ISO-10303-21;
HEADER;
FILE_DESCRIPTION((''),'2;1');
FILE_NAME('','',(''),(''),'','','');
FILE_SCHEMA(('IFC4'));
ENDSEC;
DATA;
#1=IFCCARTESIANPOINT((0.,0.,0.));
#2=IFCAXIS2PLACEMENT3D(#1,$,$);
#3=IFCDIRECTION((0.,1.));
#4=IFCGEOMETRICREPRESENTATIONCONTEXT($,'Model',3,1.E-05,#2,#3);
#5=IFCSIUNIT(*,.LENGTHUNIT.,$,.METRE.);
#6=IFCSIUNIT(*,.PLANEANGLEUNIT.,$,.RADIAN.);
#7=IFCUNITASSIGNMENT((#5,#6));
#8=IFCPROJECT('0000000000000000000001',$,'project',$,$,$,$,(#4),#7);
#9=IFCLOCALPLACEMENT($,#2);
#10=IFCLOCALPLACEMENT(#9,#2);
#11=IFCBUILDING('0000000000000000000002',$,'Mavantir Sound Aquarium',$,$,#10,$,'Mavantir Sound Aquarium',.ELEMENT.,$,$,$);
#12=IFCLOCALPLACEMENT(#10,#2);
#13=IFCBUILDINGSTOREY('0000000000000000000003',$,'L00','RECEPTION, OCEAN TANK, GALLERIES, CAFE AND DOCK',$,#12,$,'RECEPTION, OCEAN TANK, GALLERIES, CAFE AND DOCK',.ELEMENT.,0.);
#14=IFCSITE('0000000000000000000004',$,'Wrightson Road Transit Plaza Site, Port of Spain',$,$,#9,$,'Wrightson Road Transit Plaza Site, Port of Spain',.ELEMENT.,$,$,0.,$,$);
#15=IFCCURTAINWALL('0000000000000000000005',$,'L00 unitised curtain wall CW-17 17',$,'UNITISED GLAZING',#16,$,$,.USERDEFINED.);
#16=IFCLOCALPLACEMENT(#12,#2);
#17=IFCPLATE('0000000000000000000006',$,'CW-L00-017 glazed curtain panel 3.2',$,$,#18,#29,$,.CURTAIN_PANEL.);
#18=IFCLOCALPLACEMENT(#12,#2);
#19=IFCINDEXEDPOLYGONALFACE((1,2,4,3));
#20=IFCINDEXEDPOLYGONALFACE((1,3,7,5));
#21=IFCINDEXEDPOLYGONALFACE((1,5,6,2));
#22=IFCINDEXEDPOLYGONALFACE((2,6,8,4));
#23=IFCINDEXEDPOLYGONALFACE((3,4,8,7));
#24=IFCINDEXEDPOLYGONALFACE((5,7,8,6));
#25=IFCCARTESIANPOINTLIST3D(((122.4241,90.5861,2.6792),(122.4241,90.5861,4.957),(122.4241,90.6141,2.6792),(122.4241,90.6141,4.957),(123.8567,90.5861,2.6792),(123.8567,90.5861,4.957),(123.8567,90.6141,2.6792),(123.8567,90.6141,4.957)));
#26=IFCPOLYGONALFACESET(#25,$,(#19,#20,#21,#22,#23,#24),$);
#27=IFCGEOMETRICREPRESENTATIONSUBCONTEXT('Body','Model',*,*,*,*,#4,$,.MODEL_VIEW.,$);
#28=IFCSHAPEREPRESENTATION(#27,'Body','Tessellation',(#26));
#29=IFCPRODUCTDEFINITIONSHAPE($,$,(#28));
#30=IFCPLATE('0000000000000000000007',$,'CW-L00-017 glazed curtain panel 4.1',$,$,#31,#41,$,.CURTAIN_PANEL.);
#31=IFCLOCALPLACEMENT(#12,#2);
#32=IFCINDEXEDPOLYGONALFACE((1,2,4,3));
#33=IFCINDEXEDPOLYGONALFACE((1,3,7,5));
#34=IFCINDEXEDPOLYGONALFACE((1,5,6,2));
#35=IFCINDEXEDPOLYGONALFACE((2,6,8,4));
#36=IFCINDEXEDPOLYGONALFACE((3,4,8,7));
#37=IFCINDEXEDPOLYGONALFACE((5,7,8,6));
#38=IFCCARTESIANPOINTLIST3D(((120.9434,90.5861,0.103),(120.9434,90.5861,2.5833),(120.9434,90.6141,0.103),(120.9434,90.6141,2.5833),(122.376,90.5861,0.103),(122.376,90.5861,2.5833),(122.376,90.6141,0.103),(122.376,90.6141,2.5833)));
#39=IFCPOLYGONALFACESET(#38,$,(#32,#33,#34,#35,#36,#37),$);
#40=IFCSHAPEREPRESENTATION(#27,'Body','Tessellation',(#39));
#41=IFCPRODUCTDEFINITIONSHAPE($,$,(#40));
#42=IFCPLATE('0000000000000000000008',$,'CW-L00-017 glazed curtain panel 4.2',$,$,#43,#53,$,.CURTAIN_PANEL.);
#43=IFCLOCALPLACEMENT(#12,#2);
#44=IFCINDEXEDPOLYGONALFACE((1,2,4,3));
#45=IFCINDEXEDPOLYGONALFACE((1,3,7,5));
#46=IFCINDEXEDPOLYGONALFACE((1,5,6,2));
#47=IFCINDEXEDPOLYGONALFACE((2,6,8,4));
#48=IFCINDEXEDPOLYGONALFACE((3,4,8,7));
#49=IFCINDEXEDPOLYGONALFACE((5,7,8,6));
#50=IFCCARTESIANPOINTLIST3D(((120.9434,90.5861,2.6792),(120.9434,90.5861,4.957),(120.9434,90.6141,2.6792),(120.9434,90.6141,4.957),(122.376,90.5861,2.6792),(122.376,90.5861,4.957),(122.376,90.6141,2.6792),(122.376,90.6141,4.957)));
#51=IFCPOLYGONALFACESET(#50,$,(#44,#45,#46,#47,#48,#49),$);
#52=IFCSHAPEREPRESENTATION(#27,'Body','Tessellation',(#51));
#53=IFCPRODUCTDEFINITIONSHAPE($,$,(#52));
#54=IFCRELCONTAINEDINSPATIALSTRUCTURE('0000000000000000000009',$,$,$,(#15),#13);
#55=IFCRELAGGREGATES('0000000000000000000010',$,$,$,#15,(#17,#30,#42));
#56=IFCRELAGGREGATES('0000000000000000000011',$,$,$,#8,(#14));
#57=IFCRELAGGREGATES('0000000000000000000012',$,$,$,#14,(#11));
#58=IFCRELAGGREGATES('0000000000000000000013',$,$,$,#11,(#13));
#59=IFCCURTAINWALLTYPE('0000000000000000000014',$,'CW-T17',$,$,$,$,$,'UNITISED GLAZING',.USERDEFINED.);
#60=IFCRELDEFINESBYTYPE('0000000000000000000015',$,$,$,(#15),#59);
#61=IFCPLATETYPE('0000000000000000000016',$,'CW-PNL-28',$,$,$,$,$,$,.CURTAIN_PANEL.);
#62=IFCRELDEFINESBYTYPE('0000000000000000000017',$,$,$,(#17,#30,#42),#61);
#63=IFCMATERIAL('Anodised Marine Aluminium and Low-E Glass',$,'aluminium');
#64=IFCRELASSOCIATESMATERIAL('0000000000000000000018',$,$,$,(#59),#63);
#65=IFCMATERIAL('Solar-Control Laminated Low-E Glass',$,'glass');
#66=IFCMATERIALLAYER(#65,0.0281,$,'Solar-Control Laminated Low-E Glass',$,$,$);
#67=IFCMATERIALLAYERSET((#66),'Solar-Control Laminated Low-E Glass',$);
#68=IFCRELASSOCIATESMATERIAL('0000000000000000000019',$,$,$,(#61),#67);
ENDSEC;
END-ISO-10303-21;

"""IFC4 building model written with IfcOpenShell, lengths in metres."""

from ifc_helpers import new_model, si_unit, direction, frame, origin, origin_2d, place, context, subcontext, project, spatial, rectangle, extrude, material, layer, layer_set, type_object, element, aggregate, save


model = new_model("IFC4")

# Units and contexts
model_context = context("Model", 3, precision=1e-05, world=origin(), true_north=direction((0.0, 1.0)))
body_context = subcontext(model_context, "Body", "Model", "MODEL_VIEW")
ifc_project = project(units=[si_unit("LENGTHUNIT", "METRE"), si_unit("PLANEANGLEUNIT", "RADIAN")], contexts=[model_context])

# Site, building, storey
site_placement = place(None, origin())
site = spatial("IfcSite", under=ifc_project, at=site_placement, Name="Wrightson Road Transit Plaza Site, Port of Spain", LongName="Wrightson Road Transit Plaza Site, Port of Spain", CompositionType="ELEMENT", RefElevation=0.0)
building_placement = place(site_placement, origin())
building = spatial("IfcBuilding", under=site, at=building_placement, Name="Mavantir Sound Aquarium", LongName="Mavantir Sound Aquarium", CompositionType="ELEMENT")
storey_placement = place(building_placement, origin())
storey = spatial("IfcBuildingStorey", under=building, at=storey_placement, Name="L00", Description="RECEPTION, OCEAN TANK, GALLERIES, CAFE AND DOCK", LongName="RECEPTION, OCEAN TANK, GALLERIES, CAFE AND DOCK", CompositionType="ELEMENT", Elevation=0.0)

# Curtain wall, plates
ifc_material_1 = material(Name="Anodised Marine Aluminium and Low-E Glass", Category="aluminium")
curtain_wall_type = type_object("IfcCurtainWallType", Name="CW-T17", ElementType="UNITISED GLAZING", PredefinedType="USERDEFINED", material=ifc_material_1)
curtain_wall_placement = place(storey_placement, origin())
curtain_wall = element("IfcCurtainWall", 1, at=curtain_wall_placement, inside=storey, type_object=curtain_wall_type, Name="L00 unitised curtain wall CW-17 17", ObjectType="UNITISED GLAZING", PredefinedType="USERDEFINED")
ifc_material_2 = material(Name="Solar-Control Laminated Low-E Glass", Category="glass")
ifc_layer = layer(ifc_material_2, 0.0281, Name="Solar-Control Laminated Low-E Glass")
ifc_layer_set = layer_set([ifc_layer], Name="Solar-Control Laminated Low-E Glass")
plate_type = type_object("IfcPlateType", Name="CW-PNL-28", PredefinedType="CURTAIN_PANEL", material=ifc_layer_set)
plate_1_placement = place(storey_placement, frame((123.1404, 90.6001, 2.6792), z_axis=(0.0, 0.0, 1.0), x_axis=(-1.0, 0.0, 0.0)))
plate_1 = element("IfcPlate", 2, at=plate_1_placement, type_object=plate_type, Name="CW-L00-017 glazed curtain panel 3.2", PredefinedType="CURTAIN_PANEL", context=body_context, shape_type="SweptSolid", body=[
    extrude(rectangle(XDim=1.4326, YDim=0.0281, at=origin_2d()), origin(), (0.0, 0.0, 1.0), 2.2778),
])
plate_2_placement = place(storey_placement, frame((121.6597, 90.6001, 0.103), z_axis=(0.0, 0.0, 1.0), x_axis=(-1.0, 0.0, 0.0)))
plate_2 = element("IfcPlate", 3, at=plate_2_placement, type_object=plate_type, Name="CW-L00-017 glazed curtain panel 4.1", PredefinedType="CURTAIN_PANEL", context=body_context, shape_type="SweptSolid", body=[
    extrude(rectangle(XDim=1.4326, YDim=0.0281, at=origin_2d()), origin(), (0.0, 0.0, 1.0), 2.4802),
])
plate_3_placement = place(storey_placement, frame((121.6597, 90.6001, 2.6792), z_axis=(0.0, 0.0, 1.0), x_axis=(-1.0, 0.0, 0.0)))
plate_3 = element("IfcPlate", 4, at=plate_3_placement, type_object=plate_type, Name="CW-L00-017 glazed curtain panel 4.2", PredefinedType="CURTAIN_PANEL", context=body_context, shape_type="SweptSolid", body=[
    extrude(rectangle(XDim=1.4326, YDim=0.0281, at=origin_2d()), origin(), (0.0, 0.0, 1.0), 2.2778),
])
aggregate(curtain_wall, [plate_1, plate_2, plate_3])

save(model, "model.ifc")
